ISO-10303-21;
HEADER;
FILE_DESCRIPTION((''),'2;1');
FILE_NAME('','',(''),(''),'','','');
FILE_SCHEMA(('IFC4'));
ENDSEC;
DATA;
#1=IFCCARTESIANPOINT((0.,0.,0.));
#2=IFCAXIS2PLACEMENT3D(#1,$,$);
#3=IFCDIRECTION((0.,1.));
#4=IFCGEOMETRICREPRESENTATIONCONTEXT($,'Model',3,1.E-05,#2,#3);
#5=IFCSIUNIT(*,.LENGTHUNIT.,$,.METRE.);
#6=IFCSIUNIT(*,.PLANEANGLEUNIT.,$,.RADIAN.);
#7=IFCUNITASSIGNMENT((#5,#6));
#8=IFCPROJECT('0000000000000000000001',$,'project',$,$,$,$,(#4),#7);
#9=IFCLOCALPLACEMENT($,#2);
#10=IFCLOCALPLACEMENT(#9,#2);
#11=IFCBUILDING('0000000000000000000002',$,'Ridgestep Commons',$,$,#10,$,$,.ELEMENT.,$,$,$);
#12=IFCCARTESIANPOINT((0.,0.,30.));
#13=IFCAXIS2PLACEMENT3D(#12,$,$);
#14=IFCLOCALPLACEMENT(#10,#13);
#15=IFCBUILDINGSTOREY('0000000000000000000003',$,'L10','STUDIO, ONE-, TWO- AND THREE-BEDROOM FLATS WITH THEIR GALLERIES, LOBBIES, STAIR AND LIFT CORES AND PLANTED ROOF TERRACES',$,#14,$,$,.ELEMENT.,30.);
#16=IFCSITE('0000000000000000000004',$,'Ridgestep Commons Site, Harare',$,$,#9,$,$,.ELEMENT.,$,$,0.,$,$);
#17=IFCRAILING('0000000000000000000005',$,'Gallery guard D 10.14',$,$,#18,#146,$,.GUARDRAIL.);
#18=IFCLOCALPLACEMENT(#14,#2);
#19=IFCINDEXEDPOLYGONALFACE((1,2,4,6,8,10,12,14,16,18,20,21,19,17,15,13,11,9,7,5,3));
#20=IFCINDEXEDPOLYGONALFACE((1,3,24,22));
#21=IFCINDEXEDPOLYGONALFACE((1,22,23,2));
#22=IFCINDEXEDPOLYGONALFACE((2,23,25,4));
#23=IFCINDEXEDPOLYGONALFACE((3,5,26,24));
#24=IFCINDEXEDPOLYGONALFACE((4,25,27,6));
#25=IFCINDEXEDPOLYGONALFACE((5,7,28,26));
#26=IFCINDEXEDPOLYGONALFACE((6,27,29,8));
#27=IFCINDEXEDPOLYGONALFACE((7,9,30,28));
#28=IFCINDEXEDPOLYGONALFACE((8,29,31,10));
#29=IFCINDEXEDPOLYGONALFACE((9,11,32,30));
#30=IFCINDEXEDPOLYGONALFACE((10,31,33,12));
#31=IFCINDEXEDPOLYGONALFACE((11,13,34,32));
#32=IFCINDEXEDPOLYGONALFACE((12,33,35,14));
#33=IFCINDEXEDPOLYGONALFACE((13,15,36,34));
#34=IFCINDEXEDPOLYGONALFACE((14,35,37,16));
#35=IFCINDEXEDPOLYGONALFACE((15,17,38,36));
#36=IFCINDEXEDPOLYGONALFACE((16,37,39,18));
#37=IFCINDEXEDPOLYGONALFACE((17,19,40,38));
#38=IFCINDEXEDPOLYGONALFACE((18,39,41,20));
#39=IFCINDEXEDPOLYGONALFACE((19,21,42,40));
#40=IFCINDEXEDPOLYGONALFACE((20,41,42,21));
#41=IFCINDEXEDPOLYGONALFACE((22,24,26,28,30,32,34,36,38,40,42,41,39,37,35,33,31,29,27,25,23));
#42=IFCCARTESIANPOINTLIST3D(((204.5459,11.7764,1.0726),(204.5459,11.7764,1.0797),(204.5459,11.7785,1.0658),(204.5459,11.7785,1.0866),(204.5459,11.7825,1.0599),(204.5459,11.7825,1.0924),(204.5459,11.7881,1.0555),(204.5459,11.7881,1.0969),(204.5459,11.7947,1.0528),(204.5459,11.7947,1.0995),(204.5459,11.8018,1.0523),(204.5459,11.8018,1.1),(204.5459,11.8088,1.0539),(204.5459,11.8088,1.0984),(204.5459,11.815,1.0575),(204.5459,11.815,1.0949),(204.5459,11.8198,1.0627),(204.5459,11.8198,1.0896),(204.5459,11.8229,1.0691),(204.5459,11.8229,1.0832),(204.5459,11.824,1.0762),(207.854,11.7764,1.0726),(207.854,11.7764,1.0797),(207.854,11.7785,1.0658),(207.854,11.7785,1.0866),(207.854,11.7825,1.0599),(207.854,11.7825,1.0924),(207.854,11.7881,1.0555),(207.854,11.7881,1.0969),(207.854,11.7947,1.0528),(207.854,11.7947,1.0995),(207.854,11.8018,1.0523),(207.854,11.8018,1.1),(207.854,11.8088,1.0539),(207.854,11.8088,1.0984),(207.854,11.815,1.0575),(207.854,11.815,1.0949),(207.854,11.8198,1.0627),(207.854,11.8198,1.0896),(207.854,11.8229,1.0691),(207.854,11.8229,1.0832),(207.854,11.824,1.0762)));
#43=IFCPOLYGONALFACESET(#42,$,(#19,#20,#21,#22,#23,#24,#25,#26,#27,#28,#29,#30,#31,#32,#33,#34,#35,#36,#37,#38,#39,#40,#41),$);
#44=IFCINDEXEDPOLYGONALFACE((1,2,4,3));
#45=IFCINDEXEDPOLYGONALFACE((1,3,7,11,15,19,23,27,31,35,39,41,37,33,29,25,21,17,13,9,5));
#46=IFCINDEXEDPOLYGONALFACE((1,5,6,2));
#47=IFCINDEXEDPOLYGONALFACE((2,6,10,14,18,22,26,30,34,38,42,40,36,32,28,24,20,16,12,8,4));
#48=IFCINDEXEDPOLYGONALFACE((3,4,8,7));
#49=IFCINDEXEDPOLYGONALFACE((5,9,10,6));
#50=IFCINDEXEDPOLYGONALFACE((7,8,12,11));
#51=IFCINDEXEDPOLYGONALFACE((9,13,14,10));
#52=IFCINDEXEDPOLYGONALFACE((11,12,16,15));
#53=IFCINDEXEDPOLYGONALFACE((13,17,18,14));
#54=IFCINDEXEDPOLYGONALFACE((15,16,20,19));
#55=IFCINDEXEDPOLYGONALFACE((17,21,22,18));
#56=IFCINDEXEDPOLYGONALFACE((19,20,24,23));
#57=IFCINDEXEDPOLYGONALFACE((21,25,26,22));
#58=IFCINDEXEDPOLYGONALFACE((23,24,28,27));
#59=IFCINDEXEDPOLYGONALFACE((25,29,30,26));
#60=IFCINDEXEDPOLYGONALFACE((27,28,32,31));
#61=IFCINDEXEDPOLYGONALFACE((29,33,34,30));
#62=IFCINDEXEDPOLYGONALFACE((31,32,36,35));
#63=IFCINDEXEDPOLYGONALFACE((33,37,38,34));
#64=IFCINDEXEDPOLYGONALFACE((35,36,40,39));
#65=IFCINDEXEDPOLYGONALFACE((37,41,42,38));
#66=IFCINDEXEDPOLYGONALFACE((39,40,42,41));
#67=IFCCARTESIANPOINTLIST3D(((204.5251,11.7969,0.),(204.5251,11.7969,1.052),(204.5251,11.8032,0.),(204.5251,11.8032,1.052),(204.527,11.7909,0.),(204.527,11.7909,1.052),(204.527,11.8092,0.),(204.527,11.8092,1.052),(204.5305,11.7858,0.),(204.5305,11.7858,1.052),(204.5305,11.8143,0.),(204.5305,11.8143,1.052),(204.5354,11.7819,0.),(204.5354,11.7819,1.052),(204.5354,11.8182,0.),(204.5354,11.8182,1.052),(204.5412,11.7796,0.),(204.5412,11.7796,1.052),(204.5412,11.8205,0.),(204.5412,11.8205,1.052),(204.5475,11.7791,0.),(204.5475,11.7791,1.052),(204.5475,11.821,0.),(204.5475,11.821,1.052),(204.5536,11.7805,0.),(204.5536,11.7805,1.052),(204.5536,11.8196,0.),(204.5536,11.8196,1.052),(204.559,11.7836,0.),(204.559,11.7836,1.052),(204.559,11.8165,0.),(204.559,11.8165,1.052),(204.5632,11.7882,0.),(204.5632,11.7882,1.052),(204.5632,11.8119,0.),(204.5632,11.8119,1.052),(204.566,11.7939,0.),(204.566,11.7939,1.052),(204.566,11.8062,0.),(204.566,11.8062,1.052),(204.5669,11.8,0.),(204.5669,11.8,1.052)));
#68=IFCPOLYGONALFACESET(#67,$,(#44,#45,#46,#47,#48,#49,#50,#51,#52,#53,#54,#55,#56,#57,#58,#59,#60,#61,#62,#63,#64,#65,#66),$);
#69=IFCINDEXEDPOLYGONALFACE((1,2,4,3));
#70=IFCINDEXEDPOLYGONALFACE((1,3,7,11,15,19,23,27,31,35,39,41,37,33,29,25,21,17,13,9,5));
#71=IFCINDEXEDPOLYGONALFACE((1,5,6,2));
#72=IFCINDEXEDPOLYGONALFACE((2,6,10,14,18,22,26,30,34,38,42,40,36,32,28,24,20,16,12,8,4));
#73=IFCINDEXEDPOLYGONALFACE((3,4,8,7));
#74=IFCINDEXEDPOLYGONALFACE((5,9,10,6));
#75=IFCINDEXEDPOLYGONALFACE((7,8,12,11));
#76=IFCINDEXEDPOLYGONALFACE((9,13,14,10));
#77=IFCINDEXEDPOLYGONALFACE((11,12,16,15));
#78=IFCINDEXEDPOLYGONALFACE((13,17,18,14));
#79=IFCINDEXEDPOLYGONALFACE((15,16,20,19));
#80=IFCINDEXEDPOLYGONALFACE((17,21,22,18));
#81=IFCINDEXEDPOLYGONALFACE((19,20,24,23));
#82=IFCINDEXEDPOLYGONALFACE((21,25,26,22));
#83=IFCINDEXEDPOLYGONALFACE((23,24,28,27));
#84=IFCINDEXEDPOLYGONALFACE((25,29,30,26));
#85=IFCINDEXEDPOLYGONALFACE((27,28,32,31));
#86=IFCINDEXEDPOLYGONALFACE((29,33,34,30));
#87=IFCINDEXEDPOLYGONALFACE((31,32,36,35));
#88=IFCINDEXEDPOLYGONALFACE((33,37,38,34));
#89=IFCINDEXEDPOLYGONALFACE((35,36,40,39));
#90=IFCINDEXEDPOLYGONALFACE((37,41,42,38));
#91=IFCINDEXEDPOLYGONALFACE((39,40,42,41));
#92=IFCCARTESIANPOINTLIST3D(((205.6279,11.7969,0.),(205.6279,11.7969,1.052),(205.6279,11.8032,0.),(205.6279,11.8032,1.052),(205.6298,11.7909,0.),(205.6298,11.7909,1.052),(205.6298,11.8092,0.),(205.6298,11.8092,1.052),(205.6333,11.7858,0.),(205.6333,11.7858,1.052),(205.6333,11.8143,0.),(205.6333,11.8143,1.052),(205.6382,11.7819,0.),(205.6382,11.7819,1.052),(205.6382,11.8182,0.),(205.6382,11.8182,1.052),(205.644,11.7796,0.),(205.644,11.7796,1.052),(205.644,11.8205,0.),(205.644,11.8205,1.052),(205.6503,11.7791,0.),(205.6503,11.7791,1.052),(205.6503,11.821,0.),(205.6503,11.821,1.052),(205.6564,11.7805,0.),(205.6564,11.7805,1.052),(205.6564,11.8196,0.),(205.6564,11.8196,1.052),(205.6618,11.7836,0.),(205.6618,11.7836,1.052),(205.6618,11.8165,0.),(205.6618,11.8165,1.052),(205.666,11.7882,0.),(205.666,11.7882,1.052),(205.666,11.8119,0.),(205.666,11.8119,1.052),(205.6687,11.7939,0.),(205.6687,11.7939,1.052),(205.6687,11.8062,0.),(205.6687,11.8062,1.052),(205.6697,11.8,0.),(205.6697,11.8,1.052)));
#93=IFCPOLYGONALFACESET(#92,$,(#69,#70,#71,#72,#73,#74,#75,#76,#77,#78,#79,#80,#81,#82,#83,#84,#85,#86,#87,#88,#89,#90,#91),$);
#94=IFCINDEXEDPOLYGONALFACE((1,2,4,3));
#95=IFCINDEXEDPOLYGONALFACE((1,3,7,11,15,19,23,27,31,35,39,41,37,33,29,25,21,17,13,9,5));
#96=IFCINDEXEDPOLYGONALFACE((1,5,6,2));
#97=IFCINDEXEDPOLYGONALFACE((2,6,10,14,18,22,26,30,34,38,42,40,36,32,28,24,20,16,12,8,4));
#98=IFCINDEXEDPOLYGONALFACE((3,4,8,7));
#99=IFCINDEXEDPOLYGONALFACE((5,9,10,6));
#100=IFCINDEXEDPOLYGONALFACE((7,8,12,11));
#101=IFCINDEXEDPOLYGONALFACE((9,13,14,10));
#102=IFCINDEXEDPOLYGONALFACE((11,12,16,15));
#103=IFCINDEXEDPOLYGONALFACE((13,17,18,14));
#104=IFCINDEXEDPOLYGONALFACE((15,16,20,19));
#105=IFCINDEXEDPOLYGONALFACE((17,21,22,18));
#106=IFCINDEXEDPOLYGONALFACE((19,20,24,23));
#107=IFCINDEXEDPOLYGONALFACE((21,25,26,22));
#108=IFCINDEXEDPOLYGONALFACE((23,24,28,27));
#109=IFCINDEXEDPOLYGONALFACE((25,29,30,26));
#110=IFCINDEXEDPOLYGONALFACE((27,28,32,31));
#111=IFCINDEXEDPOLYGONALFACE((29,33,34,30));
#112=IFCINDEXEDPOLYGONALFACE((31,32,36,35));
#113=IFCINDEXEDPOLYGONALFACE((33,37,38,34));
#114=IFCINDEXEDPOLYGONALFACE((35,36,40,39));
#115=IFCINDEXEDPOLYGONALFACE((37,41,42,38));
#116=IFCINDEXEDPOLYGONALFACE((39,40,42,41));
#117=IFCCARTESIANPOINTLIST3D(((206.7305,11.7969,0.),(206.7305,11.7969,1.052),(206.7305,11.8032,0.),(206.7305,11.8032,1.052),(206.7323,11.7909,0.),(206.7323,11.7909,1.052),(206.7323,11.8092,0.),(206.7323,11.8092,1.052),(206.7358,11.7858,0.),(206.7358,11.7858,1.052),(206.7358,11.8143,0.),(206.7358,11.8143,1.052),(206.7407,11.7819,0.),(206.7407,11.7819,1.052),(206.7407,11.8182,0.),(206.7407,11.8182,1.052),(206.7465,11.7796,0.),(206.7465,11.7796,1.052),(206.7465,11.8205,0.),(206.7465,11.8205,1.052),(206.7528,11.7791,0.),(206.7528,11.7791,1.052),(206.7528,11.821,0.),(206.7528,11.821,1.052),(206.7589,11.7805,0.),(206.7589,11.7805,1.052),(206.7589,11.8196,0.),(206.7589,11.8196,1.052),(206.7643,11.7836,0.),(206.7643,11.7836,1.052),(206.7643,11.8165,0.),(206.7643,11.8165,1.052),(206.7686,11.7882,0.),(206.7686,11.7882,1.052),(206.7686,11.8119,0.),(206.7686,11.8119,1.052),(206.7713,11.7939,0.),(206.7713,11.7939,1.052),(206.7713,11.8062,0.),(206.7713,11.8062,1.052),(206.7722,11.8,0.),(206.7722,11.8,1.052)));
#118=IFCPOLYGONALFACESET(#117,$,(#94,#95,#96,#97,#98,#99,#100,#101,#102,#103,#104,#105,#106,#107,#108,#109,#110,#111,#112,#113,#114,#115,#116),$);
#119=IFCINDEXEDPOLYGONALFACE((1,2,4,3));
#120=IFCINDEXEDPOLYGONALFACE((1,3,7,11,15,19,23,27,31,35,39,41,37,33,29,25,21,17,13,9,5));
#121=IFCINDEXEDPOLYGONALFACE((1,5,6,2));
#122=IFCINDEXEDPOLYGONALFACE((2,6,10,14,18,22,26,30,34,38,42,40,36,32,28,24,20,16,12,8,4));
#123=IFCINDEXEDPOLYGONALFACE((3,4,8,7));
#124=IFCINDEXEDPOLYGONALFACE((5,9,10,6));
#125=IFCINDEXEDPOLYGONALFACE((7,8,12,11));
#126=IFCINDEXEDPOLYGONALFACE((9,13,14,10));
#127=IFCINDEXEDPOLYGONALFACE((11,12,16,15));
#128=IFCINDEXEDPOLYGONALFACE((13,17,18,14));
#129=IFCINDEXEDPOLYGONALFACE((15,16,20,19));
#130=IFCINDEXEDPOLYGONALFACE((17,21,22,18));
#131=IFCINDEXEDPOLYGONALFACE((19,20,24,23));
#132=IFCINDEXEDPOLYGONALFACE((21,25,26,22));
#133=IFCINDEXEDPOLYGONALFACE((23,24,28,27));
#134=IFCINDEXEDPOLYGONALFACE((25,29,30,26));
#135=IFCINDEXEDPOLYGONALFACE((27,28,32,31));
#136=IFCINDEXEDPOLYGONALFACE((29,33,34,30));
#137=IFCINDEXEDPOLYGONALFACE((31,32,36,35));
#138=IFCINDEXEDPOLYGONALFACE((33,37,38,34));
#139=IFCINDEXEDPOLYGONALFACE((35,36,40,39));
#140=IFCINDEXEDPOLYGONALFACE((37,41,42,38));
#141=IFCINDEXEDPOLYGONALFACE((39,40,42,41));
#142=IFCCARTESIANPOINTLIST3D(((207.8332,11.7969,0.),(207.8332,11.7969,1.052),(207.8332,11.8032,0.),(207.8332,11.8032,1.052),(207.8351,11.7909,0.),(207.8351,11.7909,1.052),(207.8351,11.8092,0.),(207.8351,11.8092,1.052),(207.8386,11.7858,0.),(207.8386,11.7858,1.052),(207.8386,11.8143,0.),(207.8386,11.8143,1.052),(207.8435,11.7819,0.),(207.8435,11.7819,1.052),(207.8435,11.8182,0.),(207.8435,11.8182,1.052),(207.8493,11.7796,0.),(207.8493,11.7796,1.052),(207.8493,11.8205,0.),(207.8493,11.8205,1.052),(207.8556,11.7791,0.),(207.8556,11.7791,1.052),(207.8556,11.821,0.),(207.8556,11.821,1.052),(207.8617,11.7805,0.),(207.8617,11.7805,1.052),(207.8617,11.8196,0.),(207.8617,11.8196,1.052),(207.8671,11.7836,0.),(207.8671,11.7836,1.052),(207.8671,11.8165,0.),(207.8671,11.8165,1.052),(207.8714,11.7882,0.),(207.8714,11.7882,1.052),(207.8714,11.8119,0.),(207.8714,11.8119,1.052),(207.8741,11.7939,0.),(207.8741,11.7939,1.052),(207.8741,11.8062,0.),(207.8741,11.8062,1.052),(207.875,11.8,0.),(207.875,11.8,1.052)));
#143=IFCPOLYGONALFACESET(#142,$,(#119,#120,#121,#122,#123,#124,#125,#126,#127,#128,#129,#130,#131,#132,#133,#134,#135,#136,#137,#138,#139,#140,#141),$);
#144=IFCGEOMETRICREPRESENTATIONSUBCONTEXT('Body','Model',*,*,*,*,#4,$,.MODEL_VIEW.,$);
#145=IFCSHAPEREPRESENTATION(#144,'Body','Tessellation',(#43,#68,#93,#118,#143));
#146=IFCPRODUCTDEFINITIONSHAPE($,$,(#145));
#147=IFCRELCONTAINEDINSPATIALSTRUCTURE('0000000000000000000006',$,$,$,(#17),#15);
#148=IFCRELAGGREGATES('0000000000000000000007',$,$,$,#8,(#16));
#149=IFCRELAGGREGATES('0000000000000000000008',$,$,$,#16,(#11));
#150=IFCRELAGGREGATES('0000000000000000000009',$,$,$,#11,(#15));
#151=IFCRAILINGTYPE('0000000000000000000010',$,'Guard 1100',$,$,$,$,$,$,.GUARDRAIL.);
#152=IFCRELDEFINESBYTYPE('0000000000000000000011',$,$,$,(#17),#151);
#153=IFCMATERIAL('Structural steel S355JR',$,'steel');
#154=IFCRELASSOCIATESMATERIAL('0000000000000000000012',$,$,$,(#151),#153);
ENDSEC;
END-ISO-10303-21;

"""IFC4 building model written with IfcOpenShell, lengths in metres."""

from ifc_helpers import new_model, si_unit, direction, frame, origin, origin_2d, place, context, subcontext, project, spatial, circle, extrude, material, type_object, element, save


model = new_model("IFC4")

# Units and contexts
model_context = context("Model", 3, precision=1e-05, world=origin(), true_north=direction((0.0, 1.0)))
body_context = subcontext(model_context, "Body", "Model", "MODEL_VIEW")
ifc_project = project(units=[si_unit("LENGTHUNIT", "METRE"), si_unit("PLANEANGLEUNIT", "RADIAN")], contexts=[model_context])

# Site, building, storey
site_placement = place(None, origin())
site = spatial("IfcSite", under=ifc_project, at=site_placement, Name="Ridgestep Commons Site, Harare", CompositionType="ELEMENT", RefElevation=0.0)
building_placement = place(site_placement, origin())
building = spatial("IfcBuilding", under=site, at=building_placement, Name="Ridgestep Commons", CompositionType="ELEMENT")
storey_placement = place(building_placement, frame((0.0, 0.0, 30.0)))
storey = spatial("IfcBuildingStorey", under=building, at=storey_placement, Name="L10", Description="STUDIO, ONE-, TWO- AND THREE-BEDROOM FLATS WITH THEIR GALLERIES, LOBBIES, STAIR AND LIFT CORES AND PLANTED ROOF TERRACES", CompositionType="ELEMENT", Elevation=30.0)

# Railing
ifc_material_1 = material(Name="Structural steel S355JR", Category="steel")
railing_type_1 = type_object("IfcRailingType", Name="Guard 1100", PredefinedType="GUARDRAIL", material=ifc_material_1)
railing_1_placement = place(storey_placement, frame((204.5459, 11.8, 0.0)))
element("IfcRailing", 1, at=railing_1_placement, inside=storey, type_object=railing_type_1, Name="Gallery guard D 10.14", PredefinedType="GUARDRAIL", context=body_context, shape_type="SweptSolid", body=[
    extrude(circle(Radius=0.0239, at=origin_2d()), frame((0.0, 0.0, 1.0762), z_axis=(1.0, 0.0, 0.0), x_axis=(0.0, 1.0, 0.0)), (0.0, 0.0, 1.0), 3.3081),
    extrude(circle(Radius=0.021, at=origin_2d()), origin(), (0.0, 0.0, 1.0), 1.052),
    extrude(circle(Radius=0.021, at=origin_2d()), frame((1.1028, 0.0, 0.0)), (0.0, 0.0, 1.0), 1.052),
    extrude(circle(Radius=0.021, at=origin_2d()), frame((2.2053, 0.0, 0.0)), (0.0, 0.0, 1.0), 1.052),
    extrude(circle(Radius=0.021, at=origin_2d()), frame((3.3081, 0.0, 0.0)), (0.0, 0.0, 1.0), 1.052),
])

save(model, "model.ifc")
